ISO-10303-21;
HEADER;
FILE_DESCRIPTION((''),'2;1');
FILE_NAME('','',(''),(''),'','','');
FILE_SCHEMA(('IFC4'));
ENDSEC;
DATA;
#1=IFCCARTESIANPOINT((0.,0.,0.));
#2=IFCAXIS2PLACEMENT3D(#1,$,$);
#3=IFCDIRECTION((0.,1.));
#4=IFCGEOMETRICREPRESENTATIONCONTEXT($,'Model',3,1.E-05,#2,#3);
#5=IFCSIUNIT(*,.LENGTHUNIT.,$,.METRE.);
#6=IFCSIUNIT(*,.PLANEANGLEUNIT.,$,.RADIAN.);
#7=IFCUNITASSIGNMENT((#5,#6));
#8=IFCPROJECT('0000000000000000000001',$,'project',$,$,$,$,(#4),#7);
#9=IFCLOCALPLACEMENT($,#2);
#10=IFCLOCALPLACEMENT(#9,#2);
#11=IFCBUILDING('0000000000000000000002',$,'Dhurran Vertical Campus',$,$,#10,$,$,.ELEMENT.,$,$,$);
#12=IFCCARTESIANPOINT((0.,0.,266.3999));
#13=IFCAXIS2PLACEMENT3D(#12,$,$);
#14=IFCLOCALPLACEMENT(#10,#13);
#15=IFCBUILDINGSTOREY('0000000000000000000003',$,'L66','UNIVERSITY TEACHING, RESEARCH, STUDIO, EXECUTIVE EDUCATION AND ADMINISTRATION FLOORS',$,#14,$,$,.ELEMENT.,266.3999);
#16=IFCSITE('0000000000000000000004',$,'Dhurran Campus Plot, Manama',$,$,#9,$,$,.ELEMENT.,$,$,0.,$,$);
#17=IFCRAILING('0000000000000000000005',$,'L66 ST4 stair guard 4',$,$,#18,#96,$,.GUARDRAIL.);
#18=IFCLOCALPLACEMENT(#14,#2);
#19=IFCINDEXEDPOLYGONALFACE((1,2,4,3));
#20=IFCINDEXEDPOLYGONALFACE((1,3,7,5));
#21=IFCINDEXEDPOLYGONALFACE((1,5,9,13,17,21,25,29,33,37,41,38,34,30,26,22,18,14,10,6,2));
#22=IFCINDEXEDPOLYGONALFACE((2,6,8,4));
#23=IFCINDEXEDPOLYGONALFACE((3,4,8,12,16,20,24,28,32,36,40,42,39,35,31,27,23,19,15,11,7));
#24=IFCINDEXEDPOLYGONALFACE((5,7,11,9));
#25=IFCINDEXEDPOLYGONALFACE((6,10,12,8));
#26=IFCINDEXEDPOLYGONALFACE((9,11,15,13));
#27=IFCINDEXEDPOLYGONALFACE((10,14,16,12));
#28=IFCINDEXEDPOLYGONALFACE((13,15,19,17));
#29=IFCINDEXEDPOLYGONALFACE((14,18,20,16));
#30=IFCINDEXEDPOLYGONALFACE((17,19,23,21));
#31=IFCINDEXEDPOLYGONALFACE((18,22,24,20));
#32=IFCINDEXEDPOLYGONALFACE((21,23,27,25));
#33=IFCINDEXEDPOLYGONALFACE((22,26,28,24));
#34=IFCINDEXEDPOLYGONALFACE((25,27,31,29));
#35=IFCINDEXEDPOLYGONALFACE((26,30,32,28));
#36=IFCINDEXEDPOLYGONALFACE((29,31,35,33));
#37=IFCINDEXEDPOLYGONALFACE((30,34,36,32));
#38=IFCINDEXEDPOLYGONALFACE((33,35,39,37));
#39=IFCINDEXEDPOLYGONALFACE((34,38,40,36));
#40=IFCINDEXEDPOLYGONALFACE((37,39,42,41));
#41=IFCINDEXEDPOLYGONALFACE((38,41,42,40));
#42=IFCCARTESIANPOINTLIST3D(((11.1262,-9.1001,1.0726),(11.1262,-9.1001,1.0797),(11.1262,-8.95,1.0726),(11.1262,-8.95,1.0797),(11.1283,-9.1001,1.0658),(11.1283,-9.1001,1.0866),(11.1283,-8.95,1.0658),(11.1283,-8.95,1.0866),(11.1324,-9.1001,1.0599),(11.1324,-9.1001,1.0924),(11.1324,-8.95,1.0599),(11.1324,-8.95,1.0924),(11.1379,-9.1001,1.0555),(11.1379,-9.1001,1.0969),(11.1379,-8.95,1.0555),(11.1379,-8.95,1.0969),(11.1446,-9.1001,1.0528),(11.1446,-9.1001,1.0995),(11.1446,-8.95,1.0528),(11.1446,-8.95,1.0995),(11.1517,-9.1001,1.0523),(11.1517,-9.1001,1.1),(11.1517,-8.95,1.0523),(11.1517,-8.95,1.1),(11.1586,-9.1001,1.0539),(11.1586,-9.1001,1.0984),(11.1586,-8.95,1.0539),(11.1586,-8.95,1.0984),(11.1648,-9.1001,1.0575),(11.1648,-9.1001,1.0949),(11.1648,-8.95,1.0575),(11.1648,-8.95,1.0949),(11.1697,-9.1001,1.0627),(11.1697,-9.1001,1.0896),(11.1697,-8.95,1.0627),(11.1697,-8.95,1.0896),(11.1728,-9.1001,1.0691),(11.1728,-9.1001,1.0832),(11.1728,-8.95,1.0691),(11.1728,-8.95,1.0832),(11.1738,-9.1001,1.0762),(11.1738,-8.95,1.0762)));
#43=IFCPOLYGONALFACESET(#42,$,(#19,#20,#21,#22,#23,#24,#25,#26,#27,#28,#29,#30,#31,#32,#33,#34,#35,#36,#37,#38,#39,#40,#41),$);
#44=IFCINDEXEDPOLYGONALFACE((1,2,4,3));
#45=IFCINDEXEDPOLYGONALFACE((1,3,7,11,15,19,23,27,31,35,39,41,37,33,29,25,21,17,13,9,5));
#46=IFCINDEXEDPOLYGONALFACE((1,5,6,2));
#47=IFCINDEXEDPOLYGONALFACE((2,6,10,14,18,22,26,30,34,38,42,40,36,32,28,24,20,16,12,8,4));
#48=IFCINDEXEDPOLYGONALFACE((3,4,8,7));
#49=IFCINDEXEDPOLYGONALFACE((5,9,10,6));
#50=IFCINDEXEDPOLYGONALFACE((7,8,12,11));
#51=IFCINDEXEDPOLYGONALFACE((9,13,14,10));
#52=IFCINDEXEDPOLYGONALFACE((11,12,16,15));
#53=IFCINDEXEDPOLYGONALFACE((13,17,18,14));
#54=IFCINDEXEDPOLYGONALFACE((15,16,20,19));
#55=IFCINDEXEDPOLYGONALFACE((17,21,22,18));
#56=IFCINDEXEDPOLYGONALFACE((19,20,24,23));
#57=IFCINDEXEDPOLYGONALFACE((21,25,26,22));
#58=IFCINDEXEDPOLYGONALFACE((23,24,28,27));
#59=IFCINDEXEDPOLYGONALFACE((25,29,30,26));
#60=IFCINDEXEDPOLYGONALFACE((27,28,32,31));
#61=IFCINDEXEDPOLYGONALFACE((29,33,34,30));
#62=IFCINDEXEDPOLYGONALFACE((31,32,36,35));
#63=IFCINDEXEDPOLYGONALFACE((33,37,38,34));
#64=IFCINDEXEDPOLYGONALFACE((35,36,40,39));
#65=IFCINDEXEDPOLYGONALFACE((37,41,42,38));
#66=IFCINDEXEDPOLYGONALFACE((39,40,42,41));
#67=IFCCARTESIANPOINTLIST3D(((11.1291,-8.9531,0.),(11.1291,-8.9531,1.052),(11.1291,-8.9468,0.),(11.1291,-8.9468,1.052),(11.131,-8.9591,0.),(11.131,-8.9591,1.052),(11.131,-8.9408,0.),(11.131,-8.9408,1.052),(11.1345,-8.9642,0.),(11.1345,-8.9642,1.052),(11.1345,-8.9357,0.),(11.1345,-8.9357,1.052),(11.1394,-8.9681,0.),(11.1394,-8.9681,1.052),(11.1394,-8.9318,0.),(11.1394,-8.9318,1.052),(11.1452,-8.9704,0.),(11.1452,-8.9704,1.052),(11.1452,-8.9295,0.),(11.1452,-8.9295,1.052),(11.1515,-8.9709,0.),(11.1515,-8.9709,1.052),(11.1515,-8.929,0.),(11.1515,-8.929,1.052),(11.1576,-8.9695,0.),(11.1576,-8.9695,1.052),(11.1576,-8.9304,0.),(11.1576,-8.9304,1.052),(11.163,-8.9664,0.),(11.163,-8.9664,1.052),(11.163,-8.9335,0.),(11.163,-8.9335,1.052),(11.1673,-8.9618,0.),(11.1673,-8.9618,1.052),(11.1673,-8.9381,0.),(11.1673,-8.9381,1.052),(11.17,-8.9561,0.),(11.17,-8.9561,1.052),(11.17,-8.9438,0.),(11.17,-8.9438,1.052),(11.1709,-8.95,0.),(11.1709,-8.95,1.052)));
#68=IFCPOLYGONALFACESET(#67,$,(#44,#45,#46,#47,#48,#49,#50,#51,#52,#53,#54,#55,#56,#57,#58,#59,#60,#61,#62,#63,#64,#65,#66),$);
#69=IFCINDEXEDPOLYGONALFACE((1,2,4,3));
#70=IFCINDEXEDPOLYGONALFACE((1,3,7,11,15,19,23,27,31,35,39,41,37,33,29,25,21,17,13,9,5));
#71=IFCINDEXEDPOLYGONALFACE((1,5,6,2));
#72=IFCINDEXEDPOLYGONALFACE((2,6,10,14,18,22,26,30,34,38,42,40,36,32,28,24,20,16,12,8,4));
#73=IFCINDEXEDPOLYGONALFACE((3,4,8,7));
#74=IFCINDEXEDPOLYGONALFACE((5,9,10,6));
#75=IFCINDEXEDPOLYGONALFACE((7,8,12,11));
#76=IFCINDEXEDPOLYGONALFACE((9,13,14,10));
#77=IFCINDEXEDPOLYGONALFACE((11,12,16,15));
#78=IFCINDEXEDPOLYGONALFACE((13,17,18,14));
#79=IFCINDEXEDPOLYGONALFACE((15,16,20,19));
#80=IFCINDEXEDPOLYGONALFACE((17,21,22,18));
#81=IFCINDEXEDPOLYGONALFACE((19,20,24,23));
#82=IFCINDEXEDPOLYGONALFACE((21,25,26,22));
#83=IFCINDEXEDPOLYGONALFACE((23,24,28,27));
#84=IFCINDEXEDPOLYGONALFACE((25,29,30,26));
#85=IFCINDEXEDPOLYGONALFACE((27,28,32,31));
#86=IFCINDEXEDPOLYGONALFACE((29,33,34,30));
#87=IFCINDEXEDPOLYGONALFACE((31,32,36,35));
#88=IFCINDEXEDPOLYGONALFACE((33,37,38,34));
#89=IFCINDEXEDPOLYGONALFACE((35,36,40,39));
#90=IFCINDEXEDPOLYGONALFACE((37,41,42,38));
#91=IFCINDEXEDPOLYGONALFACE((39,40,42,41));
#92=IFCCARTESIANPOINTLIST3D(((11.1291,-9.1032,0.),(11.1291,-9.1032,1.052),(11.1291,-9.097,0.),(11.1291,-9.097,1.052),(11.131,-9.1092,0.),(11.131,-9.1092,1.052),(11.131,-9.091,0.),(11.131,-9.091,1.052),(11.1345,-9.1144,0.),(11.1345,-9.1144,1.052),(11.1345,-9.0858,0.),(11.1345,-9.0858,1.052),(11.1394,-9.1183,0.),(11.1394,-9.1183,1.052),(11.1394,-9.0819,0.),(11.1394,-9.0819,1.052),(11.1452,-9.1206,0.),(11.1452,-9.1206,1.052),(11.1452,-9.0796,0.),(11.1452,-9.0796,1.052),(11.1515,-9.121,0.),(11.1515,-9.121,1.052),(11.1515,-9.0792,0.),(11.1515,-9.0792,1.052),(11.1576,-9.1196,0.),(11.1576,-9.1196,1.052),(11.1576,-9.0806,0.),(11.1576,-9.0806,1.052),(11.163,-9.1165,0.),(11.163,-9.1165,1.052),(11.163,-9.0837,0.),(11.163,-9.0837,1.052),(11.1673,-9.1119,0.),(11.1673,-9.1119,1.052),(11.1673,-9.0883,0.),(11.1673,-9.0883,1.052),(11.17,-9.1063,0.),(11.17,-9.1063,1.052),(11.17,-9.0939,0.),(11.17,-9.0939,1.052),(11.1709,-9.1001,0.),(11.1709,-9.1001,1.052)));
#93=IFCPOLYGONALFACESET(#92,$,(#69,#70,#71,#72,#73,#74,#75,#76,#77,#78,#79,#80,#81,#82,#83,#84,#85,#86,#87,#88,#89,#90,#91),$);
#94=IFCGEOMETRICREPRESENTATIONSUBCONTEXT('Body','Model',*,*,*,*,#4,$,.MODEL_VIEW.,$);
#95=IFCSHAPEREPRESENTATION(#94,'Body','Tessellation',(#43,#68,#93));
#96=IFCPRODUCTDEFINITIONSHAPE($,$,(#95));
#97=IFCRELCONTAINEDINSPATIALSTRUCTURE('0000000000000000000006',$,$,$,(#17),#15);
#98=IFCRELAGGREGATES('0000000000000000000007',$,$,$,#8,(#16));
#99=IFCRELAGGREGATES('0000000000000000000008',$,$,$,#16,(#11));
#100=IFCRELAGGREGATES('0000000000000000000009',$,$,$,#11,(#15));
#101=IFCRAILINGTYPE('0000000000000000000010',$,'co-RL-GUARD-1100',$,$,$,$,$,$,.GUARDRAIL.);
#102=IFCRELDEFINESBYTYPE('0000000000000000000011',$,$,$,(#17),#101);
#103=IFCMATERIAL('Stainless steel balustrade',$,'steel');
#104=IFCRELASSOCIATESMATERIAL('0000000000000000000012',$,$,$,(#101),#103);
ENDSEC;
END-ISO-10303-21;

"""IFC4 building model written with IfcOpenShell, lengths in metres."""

from ifc_helpers import new_model, si_unit, direction, frame, origin, origin_2d, place, context, subcontext, project, spatial, circle, extrude, material, type_object, element, save


model = new_model("IFC4")

# Units and contexts
model_context = context("Model", 3, precision=1e-05, world=origin(), true_north=direction((0.0, 1.0)))
body_context = subcontext(model_context, "Body", "Model", "MODEL_VIEW")
ifc_project = project(units=[si_unit("LENGTHUNIT", "METRE"), si_unit("PLANEANGLEUNIT", "RADIAN")], contexts=[model_context])

# Site, building, storey
site_placement = place(None, origin())
site = spatial("IfcSite", under=ifc_project, at=site_placement, Name="Dhurran Campus Plot, Manama", CompositionType="ELEMENT", RefElevation=0.0)
building_placement = place(site_placement, origin())
building = spatial("IfcBuilding", under=site, at=building_placement, Name="Dhurran Vertical Campus", CompositionType="ELEMENT")
storey_placement = place(building_placement, frame((0.0, 0.0, 266.3999)))
storey = spatial("IfcBuildingStorey", under=building, at=storey_placement, Name="L66", Description="UNIVERSITY TEACHING, RESEARCH, STUDIO, EXECUTIVE EDUCATION AND ADMINISTRATION FLOORS", CompositionType="ELEMENT", Elevation=266.3999)

# Railing
ifc_material_1 = material(Name="Stainless steel balustrade", Category="steel")
railing_type_1 = type_object("IfcRailingType", Name="co-RL-GUARD-1100", PredefinedType="GUARDRAIL", material=ifc_material_1)
railing_1_placement = place(storey_placement, frame((11.1499, -8.95, 0.0)))
element("IfcRailing", 1, at=railing_1_placement, inside=storey, type_object=railing_type_1, Name="L66 ST4 stair guard 4", PredefinedType="GUARDRAIL", context=body_context, shape_type="SweptSolid", body=[
    extrude(circle(Radius=0.0239, at=origin_2d()), frame((0.0, 0.0, 1.0762), z_axis=(0.0, -1.0, 0.0), x_axis=(1.0, 0.0, 0.0)), (0.0, 0.0, 1.0), 0.1501),
    extrude(circle(Radius=0.021, at=origin_2d()), origin(), (0.0, 0.0, 1.0), 1.052),
    extrude(circle(Radius=0.021, at=origin_2d()), frame((0.0, -0.1501, 0.0)), (0.0, 0.0, 1.0), 1.052),
])

save(model, "model.ifc")
